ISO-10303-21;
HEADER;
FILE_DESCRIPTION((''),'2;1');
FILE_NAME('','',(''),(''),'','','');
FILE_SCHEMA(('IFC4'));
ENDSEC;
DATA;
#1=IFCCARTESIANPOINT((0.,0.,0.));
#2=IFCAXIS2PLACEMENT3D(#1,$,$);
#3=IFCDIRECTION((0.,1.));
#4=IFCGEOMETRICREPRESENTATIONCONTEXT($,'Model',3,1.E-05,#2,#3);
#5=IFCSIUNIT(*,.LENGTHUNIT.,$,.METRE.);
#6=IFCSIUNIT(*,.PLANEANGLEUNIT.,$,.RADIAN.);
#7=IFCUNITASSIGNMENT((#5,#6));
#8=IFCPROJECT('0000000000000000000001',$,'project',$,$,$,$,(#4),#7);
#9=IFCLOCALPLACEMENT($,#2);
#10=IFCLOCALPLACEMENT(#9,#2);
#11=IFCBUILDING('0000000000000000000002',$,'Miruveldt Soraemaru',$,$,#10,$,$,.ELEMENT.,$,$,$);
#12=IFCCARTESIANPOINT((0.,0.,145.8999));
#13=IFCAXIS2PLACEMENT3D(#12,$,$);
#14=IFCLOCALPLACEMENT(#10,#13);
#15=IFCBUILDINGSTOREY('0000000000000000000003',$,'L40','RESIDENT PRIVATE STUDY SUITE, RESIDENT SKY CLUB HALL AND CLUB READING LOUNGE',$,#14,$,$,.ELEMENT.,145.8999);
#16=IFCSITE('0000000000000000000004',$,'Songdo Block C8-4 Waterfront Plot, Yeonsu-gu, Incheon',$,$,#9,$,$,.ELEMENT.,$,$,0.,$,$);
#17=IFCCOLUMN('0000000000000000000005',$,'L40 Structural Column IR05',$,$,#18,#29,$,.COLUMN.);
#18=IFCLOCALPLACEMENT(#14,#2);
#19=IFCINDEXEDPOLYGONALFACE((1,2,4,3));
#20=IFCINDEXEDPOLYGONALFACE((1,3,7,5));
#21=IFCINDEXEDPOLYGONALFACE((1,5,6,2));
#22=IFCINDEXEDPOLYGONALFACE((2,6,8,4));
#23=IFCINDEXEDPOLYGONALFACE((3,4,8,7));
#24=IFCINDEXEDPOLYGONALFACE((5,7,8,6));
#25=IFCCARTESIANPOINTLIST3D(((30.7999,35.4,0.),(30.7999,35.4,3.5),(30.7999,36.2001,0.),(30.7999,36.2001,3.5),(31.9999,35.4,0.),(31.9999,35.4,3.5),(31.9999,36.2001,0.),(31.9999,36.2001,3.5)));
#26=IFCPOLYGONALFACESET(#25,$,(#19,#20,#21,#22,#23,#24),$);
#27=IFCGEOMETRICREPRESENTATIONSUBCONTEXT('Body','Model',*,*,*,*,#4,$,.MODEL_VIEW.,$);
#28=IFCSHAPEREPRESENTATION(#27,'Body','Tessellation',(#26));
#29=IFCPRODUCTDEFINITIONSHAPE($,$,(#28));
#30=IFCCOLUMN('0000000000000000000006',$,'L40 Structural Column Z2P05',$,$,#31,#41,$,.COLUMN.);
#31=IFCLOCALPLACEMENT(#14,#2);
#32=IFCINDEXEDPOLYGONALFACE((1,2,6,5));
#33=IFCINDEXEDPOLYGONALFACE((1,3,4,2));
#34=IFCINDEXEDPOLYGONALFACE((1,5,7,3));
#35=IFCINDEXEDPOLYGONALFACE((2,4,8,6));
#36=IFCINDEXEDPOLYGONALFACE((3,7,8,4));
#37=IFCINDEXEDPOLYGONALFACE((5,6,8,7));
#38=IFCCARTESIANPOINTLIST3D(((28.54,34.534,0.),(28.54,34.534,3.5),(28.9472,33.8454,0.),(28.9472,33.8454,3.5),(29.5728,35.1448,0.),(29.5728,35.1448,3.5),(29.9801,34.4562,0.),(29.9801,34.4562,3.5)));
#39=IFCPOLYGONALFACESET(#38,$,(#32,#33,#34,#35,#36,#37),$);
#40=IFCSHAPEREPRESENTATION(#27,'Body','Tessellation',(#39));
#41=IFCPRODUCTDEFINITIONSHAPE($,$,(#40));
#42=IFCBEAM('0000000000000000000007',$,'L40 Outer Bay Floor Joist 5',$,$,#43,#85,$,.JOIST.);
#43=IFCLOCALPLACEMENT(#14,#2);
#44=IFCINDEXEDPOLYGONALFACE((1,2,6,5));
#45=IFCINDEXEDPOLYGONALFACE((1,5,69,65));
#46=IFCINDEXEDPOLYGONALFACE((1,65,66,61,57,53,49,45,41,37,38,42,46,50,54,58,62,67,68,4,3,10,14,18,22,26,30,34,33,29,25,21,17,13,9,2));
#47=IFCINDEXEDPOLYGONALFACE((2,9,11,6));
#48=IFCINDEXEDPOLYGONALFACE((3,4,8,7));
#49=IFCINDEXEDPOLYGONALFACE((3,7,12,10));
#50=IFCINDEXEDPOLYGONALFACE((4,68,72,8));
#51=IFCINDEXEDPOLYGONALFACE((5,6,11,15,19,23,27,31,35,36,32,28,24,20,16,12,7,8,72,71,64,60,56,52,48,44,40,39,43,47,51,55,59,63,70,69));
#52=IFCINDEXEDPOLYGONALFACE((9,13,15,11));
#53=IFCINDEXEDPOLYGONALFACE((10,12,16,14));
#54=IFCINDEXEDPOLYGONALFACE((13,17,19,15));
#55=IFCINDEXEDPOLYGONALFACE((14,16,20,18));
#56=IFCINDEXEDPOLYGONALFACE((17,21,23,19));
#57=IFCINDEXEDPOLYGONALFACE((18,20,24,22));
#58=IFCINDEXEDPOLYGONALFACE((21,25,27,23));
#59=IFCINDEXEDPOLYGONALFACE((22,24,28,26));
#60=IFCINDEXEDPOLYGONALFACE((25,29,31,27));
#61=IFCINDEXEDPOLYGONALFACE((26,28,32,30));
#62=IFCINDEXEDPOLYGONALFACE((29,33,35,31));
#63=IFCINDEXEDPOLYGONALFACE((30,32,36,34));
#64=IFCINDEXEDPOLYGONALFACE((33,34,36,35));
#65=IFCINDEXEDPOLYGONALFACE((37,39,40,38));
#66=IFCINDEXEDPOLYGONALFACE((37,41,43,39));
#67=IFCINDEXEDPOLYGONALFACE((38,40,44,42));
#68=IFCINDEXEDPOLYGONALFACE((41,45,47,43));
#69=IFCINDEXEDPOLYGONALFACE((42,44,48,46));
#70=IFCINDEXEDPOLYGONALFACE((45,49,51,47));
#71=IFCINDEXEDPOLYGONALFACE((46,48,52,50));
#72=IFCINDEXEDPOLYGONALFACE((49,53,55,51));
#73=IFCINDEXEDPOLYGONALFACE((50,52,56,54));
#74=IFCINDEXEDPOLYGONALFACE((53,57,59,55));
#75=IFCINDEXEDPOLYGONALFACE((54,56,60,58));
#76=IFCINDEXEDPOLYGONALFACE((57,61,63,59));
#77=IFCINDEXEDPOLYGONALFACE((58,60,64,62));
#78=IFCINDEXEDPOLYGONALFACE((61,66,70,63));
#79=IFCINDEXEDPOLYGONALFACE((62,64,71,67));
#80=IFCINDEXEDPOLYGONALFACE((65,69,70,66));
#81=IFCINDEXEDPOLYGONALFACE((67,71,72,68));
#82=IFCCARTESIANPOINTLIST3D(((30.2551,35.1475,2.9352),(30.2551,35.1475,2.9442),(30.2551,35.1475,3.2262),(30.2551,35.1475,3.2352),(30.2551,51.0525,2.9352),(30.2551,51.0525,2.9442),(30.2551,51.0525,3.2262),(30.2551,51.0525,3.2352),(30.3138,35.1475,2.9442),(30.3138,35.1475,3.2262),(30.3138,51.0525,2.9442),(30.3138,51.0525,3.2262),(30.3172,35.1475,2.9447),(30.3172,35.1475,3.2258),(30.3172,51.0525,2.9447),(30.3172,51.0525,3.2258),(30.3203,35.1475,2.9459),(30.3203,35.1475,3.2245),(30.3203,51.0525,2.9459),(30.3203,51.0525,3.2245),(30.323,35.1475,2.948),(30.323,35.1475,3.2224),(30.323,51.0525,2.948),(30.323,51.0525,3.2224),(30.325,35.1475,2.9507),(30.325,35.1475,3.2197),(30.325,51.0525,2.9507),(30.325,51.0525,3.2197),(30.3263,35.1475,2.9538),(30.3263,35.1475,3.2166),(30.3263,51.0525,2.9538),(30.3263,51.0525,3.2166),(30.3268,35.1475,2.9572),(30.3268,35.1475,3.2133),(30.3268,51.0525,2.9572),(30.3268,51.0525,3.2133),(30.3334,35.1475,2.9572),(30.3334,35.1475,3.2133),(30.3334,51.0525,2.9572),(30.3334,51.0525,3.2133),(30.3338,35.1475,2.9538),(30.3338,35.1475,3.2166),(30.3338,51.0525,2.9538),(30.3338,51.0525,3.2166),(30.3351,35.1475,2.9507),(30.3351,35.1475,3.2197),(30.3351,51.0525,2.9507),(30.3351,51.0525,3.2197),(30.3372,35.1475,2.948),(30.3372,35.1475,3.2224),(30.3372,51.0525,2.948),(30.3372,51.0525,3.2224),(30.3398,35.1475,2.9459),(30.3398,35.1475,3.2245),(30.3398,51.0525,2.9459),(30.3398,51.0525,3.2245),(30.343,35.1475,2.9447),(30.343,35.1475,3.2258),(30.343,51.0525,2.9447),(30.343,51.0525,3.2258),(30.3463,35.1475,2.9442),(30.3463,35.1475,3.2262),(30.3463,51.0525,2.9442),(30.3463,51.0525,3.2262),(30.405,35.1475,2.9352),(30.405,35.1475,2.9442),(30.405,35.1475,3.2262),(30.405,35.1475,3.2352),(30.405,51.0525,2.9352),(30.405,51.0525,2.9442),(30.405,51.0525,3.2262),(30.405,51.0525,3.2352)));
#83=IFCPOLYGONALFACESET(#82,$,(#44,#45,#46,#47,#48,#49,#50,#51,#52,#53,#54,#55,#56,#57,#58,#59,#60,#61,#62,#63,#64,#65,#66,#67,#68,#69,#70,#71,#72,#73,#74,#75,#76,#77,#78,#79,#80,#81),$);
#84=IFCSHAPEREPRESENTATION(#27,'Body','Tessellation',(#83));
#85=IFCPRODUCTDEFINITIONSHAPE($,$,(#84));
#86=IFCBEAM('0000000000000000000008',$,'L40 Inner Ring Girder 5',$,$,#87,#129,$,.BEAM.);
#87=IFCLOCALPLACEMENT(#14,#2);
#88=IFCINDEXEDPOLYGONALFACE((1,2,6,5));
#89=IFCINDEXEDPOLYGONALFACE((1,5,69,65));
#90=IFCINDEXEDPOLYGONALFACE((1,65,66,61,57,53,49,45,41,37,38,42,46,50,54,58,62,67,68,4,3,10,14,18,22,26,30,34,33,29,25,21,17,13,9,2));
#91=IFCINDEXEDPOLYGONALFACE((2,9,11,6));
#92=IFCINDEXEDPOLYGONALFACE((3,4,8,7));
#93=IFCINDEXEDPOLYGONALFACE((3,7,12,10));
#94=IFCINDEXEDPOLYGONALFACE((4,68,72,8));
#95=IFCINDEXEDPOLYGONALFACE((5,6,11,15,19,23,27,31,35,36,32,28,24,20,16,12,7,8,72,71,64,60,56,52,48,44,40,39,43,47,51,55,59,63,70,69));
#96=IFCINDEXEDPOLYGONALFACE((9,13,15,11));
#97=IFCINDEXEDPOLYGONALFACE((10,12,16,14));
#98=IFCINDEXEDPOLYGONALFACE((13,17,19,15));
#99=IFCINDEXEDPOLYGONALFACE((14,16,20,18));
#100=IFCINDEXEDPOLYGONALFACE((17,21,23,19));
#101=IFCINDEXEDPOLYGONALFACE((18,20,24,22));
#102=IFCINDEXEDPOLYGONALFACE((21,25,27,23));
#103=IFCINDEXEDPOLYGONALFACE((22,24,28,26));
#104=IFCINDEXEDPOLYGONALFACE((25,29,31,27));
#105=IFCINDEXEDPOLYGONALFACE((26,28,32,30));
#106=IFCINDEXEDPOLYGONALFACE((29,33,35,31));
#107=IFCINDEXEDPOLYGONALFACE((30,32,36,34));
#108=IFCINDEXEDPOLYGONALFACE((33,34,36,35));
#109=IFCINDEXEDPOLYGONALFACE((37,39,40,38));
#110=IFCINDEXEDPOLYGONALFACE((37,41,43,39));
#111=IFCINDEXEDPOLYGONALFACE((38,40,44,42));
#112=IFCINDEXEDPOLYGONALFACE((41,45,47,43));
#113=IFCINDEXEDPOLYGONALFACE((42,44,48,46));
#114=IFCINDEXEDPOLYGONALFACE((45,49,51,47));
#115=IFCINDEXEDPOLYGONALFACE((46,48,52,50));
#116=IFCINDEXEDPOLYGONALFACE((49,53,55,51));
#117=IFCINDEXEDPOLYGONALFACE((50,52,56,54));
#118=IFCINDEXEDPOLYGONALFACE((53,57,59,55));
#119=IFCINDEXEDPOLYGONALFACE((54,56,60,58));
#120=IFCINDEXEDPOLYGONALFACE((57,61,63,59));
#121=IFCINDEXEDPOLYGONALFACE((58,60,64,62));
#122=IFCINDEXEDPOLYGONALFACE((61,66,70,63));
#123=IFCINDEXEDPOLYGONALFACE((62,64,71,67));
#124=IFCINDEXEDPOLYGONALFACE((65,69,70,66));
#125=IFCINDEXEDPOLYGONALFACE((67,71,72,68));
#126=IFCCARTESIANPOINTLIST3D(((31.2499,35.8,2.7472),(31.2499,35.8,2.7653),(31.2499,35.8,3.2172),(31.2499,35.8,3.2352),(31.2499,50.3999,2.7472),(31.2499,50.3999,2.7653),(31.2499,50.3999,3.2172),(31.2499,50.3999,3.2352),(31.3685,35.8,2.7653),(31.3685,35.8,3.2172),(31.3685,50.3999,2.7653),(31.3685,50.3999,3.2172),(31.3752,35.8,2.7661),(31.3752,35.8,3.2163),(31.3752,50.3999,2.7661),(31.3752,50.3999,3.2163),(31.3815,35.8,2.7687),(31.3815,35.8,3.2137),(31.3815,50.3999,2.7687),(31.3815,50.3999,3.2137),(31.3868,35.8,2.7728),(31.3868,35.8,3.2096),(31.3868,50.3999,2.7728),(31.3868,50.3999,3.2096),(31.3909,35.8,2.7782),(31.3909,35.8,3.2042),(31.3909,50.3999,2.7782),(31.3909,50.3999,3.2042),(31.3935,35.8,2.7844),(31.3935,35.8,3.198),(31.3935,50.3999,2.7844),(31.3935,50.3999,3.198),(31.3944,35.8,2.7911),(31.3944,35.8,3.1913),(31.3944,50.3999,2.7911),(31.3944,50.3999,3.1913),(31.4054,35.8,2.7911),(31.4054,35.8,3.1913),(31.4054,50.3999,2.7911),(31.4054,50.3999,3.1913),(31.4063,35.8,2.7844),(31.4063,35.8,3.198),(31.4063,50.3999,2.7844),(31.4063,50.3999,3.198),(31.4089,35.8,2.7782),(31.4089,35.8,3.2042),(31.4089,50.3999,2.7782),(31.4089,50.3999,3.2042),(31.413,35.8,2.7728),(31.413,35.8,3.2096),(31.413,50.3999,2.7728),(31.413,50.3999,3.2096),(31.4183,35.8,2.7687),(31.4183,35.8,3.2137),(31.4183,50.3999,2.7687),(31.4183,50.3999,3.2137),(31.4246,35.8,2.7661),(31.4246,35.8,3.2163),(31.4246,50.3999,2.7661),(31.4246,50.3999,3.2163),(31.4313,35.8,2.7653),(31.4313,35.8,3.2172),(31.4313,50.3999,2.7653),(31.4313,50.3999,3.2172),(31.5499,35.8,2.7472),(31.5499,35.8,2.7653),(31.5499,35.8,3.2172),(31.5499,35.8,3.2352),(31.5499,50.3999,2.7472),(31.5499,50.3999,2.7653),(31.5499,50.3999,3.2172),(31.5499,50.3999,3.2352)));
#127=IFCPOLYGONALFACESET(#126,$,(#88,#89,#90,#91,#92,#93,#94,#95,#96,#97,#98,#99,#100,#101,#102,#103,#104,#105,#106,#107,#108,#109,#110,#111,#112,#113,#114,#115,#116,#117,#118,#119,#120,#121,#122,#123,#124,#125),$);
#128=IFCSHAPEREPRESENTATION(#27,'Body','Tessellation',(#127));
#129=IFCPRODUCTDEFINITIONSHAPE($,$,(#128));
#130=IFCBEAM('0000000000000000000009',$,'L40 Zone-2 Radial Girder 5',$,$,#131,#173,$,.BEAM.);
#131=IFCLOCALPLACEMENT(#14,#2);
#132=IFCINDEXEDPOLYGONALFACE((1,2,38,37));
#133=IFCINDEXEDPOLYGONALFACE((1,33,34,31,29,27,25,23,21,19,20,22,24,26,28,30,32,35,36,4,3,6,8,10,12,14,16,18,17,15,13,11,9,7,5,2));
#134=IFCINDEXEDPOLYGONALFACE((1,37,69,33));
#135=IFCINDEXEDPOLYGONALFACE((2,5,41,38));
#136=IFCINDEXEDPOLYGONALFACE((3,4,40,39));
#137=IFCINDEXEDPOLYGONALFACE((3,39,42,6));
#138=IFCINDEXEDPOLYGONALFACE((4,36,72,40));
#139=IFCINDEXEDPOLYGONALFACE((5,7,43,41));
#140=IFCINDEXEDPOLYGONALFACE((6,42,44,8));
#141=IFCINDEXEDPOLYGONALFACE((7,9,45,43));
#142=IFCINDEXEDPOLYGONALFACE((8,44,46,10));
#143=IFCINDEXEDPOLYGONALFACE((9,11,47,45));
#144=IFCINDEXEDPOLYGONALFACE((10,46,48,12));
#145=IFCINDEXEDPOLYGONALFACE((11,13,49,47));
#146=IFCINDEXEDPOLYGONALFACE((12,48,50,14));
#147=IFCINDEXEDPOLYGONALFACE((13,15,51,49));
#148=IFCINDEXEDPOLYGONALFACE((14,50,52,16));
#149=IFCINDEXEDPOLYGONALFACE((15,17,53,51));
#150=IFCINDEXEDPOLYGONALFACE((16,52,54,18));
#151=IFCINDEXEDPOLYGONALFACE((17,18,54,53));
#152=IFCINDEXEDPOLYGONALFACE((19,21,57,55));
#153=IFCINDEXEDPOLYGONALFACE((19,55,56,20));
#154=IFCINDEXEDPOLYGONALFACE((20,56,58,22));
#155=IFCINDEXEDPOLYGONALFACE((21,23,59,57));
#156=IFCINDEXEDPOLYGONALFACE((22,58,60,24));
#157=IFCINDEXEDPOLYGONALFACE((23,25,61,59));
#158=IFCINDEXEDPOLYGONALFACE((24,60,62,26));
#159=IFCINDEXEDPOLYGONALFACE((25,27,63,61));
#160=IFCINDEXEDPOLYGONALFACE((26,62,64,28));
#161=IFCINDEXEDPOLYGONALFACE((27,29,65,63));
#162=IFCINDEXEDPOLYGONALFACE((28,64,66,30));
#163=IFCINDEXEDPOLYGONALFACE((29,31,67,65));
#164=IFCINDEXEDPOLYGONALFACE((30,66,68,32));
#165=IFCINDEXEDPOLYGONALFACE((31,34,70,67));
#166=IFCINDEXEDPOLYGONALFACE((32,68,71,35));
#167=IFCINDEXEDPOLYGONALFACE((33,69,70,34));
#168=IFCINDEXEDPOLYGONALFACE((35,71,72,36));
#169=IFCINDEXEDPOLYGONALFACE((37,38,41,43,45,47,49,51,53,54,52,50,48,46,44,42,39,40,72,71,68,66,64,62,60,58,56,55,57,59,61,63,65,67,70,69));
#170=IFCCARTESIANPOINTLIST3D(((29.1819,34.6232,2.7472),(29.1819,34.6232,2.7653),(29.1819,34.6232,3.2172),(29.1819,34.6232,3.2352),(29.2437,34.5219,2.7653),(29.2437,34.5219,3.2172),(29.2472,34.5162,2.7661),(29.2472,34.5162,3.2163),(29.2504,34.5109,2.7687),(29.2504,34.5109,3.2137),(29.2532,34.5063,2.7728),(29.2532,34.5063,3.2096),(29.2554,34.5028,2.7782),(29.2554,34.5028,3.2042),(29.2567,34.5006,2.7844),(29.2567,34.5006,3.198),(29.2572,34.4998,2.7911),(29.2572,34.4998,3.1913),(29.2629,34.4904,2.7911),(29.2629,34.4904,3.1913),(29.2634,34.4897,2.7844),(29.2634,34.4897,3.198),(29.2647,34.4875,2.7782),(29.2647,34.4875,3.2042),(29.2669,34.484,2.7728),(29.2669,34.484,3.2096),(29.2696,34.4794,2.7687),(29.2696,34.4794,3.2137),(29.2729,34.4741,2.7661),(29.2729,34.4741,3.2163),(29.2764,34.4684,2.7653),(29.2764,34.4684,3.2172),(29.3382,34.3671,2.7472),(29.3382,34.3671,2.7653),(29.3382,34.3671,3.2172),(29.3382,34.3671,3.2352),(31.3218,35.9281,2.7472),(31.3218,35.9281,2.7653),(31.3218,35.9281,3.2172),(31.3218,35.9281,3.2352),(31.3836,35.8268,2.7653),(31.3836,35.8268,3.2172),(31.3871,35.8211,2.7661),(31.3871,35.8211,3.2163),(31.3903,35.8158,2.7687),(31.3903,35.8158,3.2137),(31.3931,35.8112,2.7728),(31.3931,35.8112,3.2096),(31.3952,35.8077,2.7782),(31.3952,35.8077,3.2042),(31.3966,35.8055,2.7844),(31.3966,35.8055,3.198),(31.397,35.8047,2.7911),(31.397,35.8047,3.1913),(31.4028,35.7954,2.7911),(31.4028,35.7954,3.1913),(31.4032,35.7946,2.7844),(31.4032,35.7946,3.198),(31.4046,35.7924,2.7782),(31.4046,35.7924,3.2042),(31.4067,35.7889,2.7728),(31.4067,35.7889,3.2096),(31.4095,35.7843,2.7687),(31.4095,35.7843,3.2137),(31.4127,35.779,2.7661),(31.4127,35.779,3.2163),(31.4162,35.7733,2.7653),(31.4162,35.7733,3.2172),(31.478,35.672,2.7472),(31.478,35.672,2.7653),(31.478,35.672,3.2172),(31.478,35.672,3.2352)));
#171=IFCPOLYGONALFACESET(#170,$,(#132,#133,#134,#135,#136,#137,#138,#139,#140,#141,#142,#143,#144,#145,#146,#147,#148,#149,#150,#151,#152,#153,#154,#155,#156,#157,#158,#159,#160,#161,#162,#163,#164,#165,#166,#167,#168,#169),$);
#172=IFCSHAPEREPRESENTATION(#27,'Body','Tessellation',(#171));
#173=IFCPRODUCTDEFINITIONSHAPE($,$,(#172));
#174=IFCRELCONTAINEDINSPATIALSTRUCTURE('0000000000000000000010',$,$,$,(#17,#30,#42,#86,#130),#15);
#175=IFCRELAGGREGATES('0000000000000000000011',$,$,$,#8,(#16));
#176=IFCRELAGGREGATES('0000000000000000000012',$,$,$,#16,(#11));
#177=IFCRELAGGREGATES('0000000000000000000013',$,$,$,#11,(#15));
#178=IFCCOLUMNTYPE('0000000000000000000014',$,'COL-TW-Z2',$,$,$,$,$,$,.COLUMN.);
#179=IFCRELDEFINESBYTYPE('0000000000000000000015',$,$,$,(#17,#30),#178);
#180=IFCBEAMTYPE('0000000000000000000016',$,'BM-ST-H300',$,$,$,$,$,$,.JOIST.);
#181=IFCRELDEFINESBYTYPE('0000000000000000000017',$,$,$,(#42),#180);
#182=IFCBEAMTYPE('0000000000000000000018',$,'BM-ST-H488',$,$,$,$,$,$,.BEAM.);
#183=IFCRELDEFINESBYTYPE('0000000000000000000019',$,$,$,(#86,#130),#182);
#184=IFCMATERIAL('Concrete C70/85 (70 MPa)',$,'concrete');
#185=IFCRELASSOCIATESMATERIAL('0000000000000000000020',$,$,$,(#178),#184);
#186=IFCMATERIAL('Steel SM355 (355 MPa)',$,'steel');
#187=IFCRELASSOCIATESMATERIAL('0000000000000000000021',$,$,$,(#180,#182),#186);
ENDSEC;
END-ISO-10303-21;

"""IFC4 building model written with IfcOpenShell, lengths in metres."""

from ifc_helpers import new_model, si_unit, direction, frame, origin, origin_2d, place, context, subcontext, project, spatial, rectangle, i_section, extrude, material, material_profile, profile_set, type_object, element, save


model = new_model("IFC4")

# Units and contexts
model_context = context("Model", 3, precision=1e-05, world=origin(), true_north=direction((0.0, 1.0)))
body_context = subcontext(model_context, "Body", "Model", "MODEL_VIEW")
ifc_project = project(units=[si_unit("LENGTHUNIT", "METRE"), si_unit("PLANEANGLEUNIT", "RADIAN")], contexts=[model_context])

# Site, building, storey
site_placement = place(None, origin())
site = spatial("IfcSite", under=ifc_project, at=site_placement, Name="Songdo Block C8-4 Waterfront Plot, Yeonsu-gu, Incheon", CompositionType="ELEMENT", RefElevation=0.0)
building_placement = place(site_placement, origin())
building = spatial("IfcBuilding", under=site, at=building_placement, Name="Miruveldt Soraemaru", CompositionType="ELEMENT")
storey_placement = place(building_placement, frame((0.0, 0.0, 145.8999)))
storey = spatial("IfcBuildingStorey", under=building, at=storey_placement, Name="L40", Description="RESIDENT PRIVATE STUDY SUITE, RESIDENT SKY CLUB HALL AND CLUB READING LOUNGE", CompositionType="ELEMENT", Elevation=145.8999)

# Columns
ifc_material_1 = material(Name="Concrete C70/85 (70 MPa)", Category="concrete")
ifc_material_profile_1 = material_profile(ifc_material_1, rectangle(XDim=1.2, YDim=0.8, at=origin_2d()), Name="Concrete C70/85 (70 MPa)", Category="concrete")
ifc_profile_set_1 = profile_set([ifc_material_profile_1], Name="Concrete C70/85 (70 MPa)")
column_type = type_object("IfcColumnType", Name="COL-TW-Z2", PredefinedType="COLUMN", material=ifc_profile_set_1)
for number, where, z_axis, x_axis, name in (
    (1, (31.3999, 35.8, 0.0), (0.0, 0.0, 1.0), (1.0, 0.0, 0.0), "L40 Structural Column IR05"),
    (2, (29.26, 34.4951, 0.0), (0.0, 0.0, 1.0), (0.860742, 0.509041, 0.0), "L40 Structural Column Z2P05"),
):
    element("IfcColumn", number, at=place(storey_placement, frame(where, z_axis=z_axis, x_axis=x_axis)), inside=storey, type_object=column_type, Name=name, PredefinedType="COLUMN", context=body_context, shape_type="SweptSolid", body=[
        extrude(rectangle(XDim=1.2, YDim=0.8, at=origin_2d()), origin(), (0.0, 0.0, 1.0), 3.5),
    ])

# Beams
ifc_material_2 = material(Name="Steel SM355 (355 MPa)", Category="steel")
ifc_material_profile_2 = material_profile(ifc_material_2, i_section(OverallWidth=0.1499, OverallDepth=0.3, WebThickness=0.0066, FlangeThickness=0.009, FilletRadius=0.0129, at=origin_2d()), Name="Steel SM355 (355 MPa)", Category="steel")
ifc_profile_set_2 = profile_set([ifc_material_profile_2], Name="Steel SM355 (355 MPa)")
beam_type_1 = type_object("IfcBeamType", Name="BM-ST-H300", PredefinedType="JOIST", material=ifc_profile_set_2)
beam_1_placement = place(storey_placement, frame((30.3301, 35.1475, 3.0852), z_axis=(0.0, 1.0, 0.0), x_axis=(-1.0, 0.0, 0.0)))
element("IfcBeam", 3, at=beam_1_placement, inside=storey, type_object=beam_type_1, Name="L40 Outer Bay Floor Joist 5", PredefinedType="JOIST", context=body_context, shape_type="SweptSolid", body=[
    extrude(i_section(OverallWidth=0.1499, OverallDepth=0.3, WebThickness=0.0066, FlangeThickness=0.009, FilletRadius=0.0129, at=origin_2d()), origin(), (0.0, 0.0, 1.0), 15.905),
])
ifc_material_profile_3 = material_profile(ifc_material_2, i_section(OverallWidth=0.3, OverallDepth=0.488, WebThickness=0.011, FlangeThickness=0.0181, FilletRadius=0.0259, at=origin_2d()), Name="Steel SM355 (355 MPa)", Category="steel")
ifc_profile_set_3 = profile_set([ifc_material_profile_3], Name="Steel SM355 (355 MPa)")
beam_type_2 = type_object("IfcBeamType", Name="BM-ST-H488", PredefinedType="BEAM", material=ifc_profile_set_3)
beam_2_placement = place(storey_placement, frame((31.3999, 35.8, 2.9912), z_axis=(0.0, 1.0, 0.0), x_axis=(-1.0, 0.0, 0.0)))
element("IfcBeam", 4, at=beam_2_placement, inside=storey, type_object=beam_type_2, Name="L40 Inner Ring Girder 5", PredefinedType="BEAM", context=body_context, shape_type="SweptSolid", body=[
    extrude(i_section(OverallWidth=0.3, OverallDepth=0.488, WebThickness=0.011, FlangeThickness=0.0181, FilletRadius=0.0259, at=origin_2d()), origin(), (0.0, 0.0, 1.0), 14.5999),
])
beam_3_placement = place(storey_placement, frame((31.3999, 35.8, 2.9912), z_axis=(-0.853775, -0.520642, 0.0), x_axis=(0.520642, -0.853775, 0.0)))
element("IfcBeam", 5, at=beam_3_placement, inside=storey, type_object=beam_type_2, Name="L40 Zone-2 Radial Girder 5", PredefinedType="BEAM", context=body_context, shape_type="SweptSolid", body=[
    extrude(i_section(OverallWidth=0.3, OverallDepth=0.488, WebThickness=0.011, FlangeThickness=0.0181, FilletRadius=0.0259, at=origin_2d()), origin(), (0.0, 0.0, 1.0), 2.5063),
])

save(model, "model.ifc")
